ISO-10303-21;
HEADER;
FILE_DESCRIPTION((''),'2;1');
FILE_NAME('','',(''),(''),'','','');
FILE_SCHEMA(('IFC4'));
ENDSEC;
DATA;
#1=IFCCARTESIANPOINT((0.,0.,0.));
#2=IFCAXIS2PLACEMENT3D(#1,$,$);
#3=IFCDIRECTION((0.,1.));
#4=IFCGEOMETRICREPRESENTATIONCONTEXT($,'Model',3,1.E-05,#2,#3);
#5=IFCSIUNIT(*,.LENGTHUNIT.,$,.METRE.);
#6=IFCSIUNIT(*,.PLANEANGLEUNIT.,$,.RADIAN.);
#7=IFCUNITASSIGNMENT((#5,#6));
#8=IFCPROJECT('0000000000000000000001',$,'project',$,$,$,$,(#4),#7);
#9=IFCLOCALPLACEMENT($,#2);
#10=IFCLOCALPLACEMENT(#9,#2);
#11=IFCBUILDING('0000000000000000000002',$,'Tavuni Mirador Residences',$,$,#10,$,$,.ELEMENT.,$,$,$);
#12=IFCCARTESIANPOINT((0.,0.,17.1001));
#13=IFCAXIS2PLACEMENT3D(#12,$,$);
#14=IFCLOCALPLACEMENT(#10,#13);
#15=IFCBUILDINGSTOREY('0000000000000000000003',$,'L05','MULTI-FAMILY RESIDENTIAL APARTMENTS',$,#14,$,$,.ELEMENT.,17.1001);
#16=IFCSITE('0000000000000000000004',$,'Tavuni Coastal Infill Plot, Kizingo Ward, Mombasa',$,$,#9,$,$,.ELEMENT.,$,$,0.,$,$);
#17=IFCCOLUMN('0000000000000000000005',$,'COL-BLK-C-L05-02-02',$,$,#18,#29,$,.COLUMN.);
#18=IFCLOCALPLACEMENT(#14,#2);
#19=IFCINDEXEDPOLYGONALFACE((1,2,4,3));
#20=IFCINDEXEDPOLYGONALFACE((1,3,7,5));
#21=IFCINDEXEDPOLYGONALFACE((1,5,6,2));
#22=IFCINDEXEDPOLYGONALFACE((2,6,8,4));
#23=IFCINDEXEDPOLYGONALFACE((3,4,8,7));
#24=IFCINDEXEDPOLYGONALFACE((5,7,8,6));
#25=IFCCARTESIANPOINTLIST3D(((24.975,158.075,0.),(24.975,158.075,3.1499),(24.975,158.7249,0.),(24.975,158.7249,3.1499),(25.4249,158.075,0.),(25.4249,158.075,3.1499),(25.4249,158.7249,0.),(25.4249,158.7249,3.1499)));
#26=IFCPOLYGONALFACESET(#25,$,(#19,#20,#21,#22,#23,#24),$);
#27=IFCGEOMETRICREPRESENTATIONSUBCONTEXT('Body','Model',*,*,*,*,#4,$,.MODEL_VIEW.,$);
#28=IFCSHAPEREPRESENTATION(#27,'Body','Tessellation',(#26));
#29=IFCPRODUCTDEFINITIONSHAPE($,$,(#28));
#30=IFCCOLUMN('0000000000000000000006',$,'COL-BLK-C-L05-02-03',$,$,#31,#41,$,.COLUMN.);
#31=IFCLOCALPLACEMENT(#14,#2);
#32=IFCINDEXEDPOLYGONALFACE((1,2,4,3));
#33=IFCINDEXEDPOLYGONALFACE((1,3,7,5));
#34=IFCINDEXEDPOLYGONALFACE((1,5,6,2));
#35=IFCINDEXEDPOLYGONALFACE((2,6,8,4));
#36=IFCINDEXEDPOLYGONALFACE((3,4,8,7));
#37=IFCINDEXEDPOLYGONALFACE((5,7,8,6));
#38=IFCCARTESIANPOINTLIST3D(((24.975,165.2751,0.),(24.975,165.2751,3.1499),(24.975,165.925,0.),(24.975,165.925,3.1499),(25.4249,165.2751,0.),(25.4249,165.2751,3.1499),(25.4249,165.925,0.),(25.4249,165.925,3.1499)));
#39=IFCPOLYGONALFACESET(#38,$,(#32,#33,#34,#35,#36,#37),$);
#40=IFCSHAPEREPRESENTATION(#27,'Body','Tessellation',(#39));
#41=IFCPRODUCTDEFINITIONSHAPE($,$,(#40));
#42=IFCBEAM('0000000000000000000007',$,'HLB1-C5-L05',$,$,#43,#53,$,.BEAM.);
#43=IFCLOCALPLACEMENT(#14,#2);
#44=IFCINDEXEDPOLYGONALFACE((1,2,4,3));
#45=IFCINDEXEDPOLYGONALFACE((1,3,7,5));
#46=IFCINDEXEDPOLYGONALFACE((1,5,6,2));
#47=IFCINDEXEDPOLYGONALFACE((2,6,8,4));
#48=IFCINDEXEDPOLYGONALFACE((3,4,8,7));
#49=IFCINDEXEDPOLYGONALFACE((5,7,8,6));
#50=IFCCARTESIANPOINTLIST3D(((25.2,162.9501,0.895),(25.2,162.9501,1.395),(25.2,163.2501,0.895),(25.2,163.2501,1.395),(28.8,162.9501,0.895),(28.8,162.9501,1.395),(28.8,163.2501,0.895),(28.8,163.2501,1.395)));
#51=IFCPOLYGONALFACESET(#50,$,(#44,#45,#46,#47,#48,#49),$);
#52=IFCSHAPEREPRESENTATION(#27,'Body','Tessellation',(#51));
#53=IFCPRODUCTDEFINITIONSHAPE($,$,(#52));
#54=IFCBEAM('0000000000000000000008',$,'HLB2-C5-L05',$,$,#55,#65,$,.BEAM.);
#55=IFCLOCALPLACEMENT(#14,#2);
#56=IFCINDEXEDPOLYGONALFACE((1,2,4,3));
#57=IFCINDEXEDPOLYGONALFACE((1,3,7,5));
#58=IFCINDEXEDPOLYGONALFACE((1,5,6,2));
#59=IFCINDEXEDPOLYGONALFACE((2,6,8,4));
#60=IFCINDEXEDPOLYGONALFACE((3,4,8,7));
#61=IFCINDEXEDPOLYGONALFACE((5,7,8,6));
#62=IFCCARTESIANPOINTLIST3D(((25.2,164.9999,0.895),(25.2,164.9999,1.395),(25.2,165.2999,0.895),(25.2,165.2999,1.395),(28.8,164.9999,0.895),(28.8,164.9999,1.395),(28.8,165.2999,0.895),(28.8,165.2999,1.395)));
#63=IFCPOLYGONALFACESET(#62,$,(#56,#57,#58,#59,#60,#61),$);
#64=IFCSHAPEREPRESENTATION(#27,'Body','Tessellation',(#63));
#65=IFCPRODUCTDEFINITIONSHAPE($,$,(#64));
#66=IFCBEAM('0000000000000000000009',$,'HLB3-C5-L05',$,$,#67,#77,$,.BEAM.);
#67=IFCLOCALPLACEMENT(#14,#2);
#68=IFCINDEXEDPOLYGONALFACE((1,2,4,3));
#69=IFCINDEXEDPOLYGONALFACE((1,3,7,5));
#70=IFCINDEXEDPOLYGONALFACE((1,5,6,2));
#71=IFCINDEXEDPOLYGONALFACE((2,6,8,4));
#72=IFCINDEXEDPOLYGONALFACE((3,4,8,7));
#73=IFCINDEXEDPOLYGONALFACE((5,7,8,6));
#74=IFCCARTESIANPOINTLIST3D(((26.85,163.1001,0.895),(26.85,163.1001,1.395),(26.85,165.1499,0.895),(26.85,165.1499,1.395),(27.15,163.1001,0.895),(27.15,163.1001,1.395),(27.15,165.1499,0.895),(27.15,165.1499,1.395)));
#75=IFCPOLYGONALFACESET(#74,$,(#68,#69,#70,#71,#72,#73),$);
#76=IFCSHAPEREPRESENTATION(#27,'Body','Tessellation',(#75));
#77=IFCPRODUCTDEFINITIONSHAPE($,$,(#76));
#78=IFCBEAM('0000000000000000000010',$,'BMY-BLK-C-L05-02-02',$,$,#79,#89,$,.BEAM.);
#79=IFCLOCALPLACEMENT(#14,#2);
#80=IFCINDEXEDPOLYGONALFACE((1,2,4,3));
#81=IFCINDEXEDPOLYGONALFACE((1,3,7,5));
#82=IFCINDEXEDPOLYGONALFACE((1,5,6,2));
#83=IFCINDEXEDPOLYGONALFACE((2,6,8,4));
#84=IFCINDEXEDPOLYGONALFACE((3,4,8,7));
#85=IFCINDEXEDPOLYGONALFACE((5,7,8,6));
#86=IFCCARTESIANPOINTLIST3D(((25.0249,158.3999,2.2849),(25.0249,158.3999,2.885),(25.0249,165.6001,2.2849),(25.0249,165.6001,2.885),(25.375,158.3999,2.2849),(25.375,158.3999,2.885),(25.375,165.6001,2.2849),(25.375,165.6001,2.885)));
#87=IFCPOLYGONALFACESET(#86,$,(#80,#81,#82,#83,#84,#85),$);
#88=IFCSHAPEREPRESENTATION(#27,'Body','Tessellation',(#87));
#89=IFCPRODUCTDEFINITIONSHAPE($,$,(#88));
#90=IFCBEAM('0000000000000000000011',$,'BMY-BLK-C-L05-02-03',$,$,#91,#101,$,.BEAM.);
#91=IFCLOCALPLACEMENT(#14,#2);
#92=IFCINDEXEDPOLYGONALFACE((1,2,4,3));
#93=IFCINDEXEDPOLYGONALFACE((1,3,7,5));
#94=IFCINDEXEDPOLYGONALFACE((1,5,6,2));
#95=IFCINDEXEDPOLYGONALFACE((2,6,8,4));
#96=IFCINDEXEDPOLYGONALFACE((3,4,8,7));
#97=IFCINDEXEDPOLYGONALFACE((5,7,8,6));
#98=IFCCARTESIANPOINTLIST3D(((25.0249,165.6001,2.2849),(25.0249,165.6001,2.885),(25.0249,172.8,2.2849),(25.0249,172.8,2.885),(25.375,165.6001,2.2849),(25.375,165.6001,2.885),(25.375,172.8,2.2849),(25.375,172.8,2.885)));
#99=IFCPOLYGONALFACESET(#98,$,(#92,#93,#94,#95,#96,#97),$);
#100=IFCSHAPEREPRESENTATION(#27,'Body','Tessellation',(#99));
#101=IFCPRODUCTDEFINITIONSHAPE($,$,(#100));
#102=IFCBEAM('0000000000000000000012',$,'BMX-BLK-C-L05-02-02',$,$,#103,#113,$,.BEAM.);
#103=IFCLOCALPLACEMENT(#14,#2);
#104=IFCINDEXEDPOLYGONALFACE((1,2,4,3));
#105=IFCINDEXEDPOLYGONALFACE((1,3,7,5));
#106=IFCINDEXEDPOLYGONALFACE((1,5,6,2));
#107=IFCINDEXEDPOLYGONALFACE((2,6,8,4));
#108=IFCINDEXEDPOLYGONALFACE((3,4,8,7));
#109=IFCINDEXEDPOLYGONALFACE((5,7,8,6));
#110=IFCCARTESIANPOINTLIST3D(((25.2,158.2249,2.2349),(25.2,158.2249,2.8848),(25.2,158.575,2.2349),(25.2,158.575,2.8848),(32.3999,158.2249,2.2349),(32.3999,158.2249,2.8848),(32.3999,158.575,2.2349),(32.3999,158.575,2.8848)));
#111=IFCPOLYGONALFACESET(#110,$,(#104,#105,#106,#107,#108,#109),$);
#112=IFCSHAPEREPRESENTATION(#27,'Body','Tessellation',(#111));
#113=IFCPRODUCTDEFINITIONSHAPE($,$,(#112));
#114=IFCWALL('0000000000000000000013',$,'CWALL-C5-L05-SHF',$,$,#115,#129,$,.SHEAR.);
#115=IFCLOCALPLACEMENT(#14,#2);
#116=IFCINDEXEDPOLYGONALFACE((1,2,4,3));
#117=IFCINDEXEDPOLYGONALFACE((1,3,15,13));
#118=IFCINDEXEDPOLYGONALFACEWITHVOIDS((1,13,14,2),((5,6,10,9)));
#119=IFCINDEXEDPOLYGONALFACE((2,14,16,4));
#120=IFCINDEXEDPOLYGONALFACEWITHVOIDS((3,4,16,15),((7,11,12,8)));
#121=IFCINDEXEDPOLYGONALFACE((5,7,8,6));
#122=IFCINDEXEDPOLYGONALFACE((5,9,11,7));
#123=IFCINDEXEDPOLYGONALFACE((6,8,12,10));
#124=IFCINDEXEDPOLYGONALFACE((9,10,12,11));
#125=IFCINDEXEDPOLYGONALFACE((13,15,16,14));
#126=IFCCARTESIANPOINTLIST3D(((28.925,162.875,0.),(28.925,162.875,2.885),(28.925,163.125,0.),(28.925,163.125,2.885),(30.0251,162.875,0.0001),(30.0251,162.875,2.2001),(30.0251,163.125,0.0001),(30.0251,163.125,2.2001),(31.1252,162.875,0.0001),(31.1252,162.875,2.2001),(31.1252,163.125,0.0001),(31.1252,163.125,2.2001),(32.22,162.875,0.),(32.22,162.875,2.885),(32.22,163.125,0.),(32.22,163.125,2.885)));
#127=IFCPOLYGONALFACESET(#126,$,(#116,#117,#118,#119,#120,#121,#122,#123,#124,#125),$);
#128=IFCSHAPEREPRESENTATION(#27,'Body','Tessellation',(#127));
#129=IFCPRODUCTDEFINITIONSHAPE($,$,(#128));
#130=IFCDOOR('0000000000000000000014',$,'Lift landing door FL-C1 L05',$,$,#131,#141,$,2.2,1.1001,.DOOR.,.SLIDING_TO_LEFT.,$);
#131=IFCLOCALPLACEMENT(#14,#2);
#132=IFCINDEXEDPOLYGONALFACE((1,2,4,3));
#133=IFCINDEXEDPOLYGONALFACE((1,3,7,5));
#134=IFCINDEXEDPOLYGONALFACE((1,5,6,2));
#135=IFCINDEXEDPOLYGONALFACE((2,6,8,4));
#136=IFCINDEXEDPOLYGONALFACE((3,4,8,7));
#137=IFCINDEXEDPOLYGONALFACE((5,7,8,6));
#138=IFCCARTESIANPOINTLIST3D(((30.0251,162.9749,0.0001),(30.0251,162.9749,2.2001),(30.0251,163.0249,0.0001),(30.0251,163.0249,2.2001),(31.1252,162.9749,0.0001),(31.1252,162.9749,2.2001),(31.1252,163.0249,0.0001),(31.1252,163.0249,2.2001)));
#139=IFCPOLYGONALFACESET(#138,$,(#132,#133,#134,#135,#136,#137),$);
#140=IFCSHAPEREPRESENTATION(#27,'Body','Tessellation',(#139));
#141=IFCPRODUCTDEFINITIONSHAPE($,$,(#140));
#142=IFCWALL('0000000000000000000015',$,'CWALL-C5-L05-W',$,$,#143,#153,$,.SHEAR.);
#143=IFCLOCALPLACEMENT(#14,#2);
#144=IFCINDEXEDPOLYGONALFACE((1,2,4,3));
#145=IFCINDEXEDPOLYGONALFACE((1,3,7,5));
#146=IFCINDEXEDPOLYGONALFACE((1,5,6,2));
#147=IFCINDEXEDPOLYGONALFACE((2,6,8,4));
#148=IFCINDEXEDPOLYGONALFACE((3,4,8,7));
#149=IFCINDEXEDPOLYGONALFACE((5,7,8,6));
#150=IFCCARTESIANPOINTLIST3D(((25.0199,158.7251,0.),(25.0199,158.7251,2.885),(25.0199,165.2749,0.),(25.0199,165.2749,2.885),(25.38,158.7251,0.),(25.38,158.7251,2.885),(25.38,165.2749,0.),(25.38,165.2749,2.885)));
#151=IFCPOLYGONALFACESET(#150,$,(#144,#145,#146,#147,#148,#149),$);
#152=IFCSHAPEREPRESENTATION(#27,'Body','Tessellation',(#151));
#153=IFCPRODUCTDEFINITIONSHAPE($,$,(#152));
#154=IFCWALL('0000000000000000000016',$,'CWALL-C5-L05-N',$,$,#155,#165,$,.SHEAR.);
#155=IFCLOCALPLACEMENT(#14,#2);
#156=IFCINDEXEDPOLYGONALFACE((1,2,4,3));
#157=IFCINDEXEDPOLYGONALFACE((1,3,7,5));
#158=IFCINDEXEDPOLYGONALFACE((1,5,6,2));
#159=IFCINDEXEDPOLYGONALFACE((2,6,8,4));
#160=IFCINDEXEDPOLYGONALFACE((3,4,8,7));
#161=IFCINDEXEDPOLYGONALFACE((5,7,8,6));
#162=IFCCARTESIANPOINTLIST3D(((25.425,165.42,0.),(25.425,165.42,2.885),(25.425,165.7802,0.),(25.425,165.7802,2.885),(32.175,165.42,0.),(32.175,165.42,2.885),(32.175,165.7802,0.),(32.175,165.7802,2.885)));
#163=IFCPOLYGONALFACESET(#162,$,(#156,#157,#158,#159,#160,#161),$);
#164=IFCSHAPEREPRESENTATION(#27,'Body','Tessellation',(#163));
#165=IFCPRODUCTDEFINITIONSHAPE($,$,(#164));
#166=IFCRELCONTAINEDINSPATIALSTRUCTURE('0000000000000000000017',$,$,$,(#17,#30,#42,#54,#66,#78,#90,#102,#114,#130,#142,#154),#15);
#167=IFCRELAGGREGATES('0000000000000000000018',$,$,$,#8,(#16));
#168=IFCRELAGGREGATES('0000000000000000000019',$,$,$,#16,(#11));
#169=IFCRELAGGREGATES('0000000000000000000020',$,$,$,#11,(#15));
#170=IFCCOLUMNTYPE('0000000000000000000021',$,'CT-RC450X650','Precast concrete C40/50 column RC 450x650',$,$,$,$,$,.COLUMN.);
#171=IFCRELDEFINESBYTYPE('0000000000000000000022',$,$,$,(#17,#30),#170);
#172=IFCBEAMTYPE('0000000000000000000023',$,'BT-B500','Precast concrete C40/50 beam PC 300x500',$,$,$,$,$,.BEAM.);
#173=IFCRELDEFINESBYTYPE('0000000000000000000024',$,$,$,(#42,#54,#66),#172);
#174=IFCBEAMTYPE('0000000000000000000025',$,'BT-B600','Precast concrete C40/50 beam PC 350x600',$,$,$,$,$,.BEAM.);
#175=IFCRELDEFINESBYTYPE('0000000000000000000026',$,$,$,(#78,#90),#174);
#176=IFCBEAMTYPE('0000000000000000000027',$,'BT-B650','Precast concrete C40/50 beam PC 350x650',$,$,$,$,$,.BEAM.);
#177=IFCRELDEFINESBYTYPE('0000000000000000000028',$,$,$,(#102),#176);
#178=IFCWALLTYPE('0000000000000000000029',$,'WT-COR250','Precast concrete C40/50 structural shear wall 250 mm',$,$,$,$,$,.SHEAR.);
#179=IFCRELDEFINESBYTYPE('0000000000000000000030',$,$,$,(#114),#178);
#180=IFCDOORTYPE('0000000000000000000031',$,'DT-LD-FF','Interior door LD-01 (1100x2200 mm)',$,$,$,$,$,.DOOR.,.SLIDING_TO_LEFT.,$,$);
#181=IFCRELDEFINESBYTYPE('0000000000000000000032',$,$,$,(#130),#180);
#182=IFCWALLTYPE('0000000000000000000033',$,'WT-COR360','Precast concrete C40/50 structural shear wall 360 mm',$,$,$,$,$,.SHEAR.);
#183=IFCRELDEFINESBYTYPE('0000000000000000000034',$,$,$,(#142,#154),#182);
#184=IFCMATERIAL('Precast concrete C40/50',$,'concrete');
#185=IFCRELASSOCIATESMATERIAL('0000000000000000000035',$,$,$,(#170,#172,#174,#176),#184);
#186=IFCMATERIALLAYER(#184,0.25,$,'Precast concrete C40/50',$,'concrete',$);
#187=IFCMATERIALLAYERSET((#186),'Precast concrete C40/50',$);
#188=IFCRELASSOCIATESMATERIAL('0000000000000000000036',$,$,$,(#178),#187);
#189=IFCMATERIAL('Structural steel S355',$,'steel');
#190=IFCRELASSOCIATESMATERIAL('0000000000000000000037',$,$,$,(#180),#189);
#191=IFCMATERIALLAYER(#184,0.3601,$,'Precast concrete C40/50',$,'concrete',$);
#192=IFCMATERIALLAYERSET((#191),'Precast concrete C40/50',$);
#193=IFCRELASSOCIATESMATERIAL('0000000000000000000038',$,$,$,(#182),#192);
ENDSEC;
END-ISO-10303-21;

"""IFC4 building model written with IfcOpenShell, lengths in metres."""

from ifc_helpers import new_model, si_unit, direction, frame, frame_2d, origin, origin_2d, place, context, subcontext, project, spatial, rectangle, extrude, material, layer, layer_set, material_profile, profile_set, type_object, element, fill, save


model = new_model("IFC4")

# Units and contexts
model_context = context("Model", 3, precision=1e-05, world=origin(), true_north=direction((0.0, 1.0)))
body_context = subcontext(model_context, "Body", "Model", "MODEL_VIEW")
ifc_project = project(units=[si_unit("LENGTHUNIT", "METRE"), si_unit("PLANEANGLEUNIT", "RADIAN")], contexts=[model_context])

# Site, building, storey
site_placement = place(None, origin())
site = spatial("IfcSite", under=ifc_project, at=site_placement, Name="Tavuni Coastal Infill Plot, Kizingo Ward, Mombasa", CompositionType="ELEMENT", RefElevation=0.0)
building_placement = place(site_placement, origin())
building = spatial("IfcBuilding", under=site, at=building_placement, Name="Tavuni Mirador Residences", CompositionType="ELEMENT")
storey_placement = place(building_placement, frame((0.0, 0.0, 17.1001)))
storey = spatial("IfcBuildingStorey", under=building, at=storey_placement, Name="L05", Description="MULTI-FAMILY RESIDENTIAL APARTMENTS", CompositionType="ELEMENT", Elevation=17.1001)

# Columns
ifc_material_1 = material(Name="Precast concrete C40/50", Category="concrete")
ifc_material_profile_1 = material_profile(ifc_material_1, rectangle(XDim=0.45, YDim=0.6499, at=origin_2d()), Name="RC 450x650", Category="concrete")
ifc_profile_set_1 = profile_set([ifc_material_profile_1], Name="Precast concrete C40/50")
column_type = type_object("IfcColumnType", Name="CT-RC450X650", Description="Precast concrete C40/50 column RC 450x650", PredefinedType="COLUMN", material=ifc_profile_set_1)
for number, where, z_axis, x_axis, name in (
    (1, (25.2, 158.3999, 0.0), (0.0, 0.0, 1.0), (1.0, 0.0, 0.0), "COL-BLK-C-L05-02-02"),
    (2, (25.2, 165.6001, 0.0), (0.0, 0.0, 1.0), (1.0, 0.0, 0.0), "COL-BLK-C-L05-02-03"),
):
    element("IfcColumn", number, at=place(storey_placement, frame(where, z_axis=z_axis, x_axis=x_axis)), inside=storey, type_object=column_type, Name=name, PredefinedType="COLUMN", context=body_context, shape_type="SweptSolid", body=[
        extrude(rectangle(XDim=0.45, YDim=0.6499, at=origin_2d()), origin(), (0.0, 0.0, 1.0), 3.1499),
    ])

# Beams
ifc_material_profile_2 = material_profile(ifc_material_1, rectangle(XDim=0.3, YDim=0.5, at=origin_2d()), Name="PC 300x500", Category="concrete")
ifc_profile_set_2 = profile_set([ifc_material_profile_2], Name="Precast concrete C40/50")
beam_type_1 = type_object("IfcBeamType", Name="BT-B500", Description="Precast concrete C40/50 beam PC 300x500", PredefinedType="BEAM", material=ifc_profile_set_2)
for number, where, z_axis, x_axis, name in (
    (3, (25.2, 163.1001, 1.145), (1.0, 0.0, 0.0), (0.0, 1.0, 0.0), "HLB1-C5-L05"),
    (4, (25.2, 165.1499, 1.145), (1.0, 0.0, 0.0), (0.0, 1.0, 0.0), "HLB2-C5-L05"),
):
    element("IfcBeam", number, at=place(storey_placement, frame(where, z_axis=z_axis, x_axis=x_axis)), inside=storey, type_object=beam_type_1, Name=name, PredefinedType="BEAM", context=body_context, shape_type="SweptSolid", body=[
        extrude(rectangle(XDim=0.3, YDim=0.5, at=origin_2d()), origin(), (0.0, 0.0, 1.0), 3.6001),
    ])
beam_1_placement = place(storey_placement, frame((27.0, 163.1001, 1.145), z_axis=(0.0, 1.0, 0.0), x_axis=(-1.0, 0.0, 0.0)))
element("IfcBeam", 5, at=beam_1_placement, inside=storey, type_object=beam_type_1, Name="HLB3-C5-L05", PredefinedType="BEAM", context=body_context, shape_type="SweptSolid", body=[
    extrude(rectangle(XDim=0.3, YDim=0.5, at=origin_2d()), origin(), (0.0, 0.0, 1.0), 2.0498),
])
ifc_material_profile_3 = material_profile(ifc_material_1, rectangle(XDim=0.3501, YDim=0.6001, at=origin_2d()), Name="PC 350x600", Category="concrete")
ifc_profile_set_3 = profile_set([ifc_material_profile_3], Name="Precast concrete C40/50")
beam_type_2 = type_object("IfcBeamType", Name="BT-B600", Description="Precast concrete C40/50 beam PC 350x600", PredefinedType="BEAM", material=ifc_profile_set_3)
beam_2_placement = place(storey_placement, frame((25.2, 158.3999, 2.585), z_axis=(0.0, 1.0, 0.0), x_axis=(-1.0, 0.0, 0.0)))
element("IfcBeam", 6, at=beam_2_placement, inside=storey, type_object=beam_type_2, Name="BMY-BLK-C-L05-02-02", PredefinedType="BEAM", context=body_context, shape_type="SweptSolid", body=[
    extrude(rectangle(XDim=0.3501, YDim=0.6001, at=origin_2d()), origin(), (0.0, 0.0, 1.0), 7.2002),
])
beam_3_placement = place(storey_placement, frame((25.2, 165.6001, 2.585), z_axis=(0.0, 1.0, 0.0), x_axis=(-1.0, 0.0, 0.0)))
element("IfcBeam", 7, at=beam_3_placement, inside=storey, type_object=beam_type_2, Name="BMY-BLK-C-L05-02-03", PredefinedType="BEAM", context=body_context, shape_type="SweptSolid", body=[
    extrude(rectangle(XDim=0.3501, YDim=0.6001, at=origin_2d()), origin(), (0.0, 0.0, 1.0), 7.2),
])
ifc_material_profile_4 = material_profile(ifc_material_1, rectangle(XDim=0.3501, YDim=0.6499, at=origin_2d()), Name="PC 350x650", Category="concrete")
ifc_profile_set_4 = profile_set([ifc_material_profile_4], Name="Precast concrete C40/50")
beam_type_3 = type_object("IfcBeamType", Name="BT-B650", Description="Precast concrete C40/50 beam PC 350x650", PredefinedType="BEAM", material=ifc_profile_set_4)
beam_4_placement = place(storey_placement, frame((25.2, 158.3999, 2.5598), z_axis=(1.0, 0.0, 0.0), x_axis=(0.0, 1.0, 0.0)))
element("IfcBeam", 8, at=beam_4_placement, inside=storey, type_object=beam_type_3, Name="BMX-BLK-C-L05-02-02", PredefinedType="BEAM", context=body_context, shape_type="SweptSolid", body=[
    extrude(rectangle(XDim=0.3501, YDim=0.6499, at=origin_2d()), origin(), (0.0, 0.0, 1.0), 7.2),
])

# Wall, opening, door
ifc_layer_1 = layer(ifc_material_1, 0.25, Name="Precast concrete C40/50", Category="concrete")
ifc_layer_set_1 = layer_set([ifc_layer_1], Name="Precast concrete C40/50")
wall_type_1 = type_object("IfcWallType", Name="WT-COR250", Description="Precast concrete C40/50 structural shear wall 250 mm", PredefinedType="SHEAR", material=ifc_layer_set_1)
wall_1_placement = place(storey_placement, frame((28.925, 163.0, 0.0), z_axis=(0.0, 0.0, 1.0), x_axis=(1.0, 0.0, 0.0)))
wall_1 = element("IfcWall", 9, at=wall_1_placement, inside=storey, type_object=wall_type_1, Name="CWALL-C5-L05-SHF", PredefinedType="SHEAR", context=body_context, shape_type="SweptSolid", body=[
    extrude(rectangle(XDim=3.2949, YDim=0.25, at=frame_2d((1.6475, 0.0))), origin(), (0.0, 0.0, 1.0), 2.885),
])
opening_1_placement = place(wall_1_placement, frame((1.1001, 0.0, 0.0)))
opening_1 = element("IfcOpeningElement", 10, at=opening_1_placement, cuts=wall_1, PredefinedType="OPENING", context=body_context, shape_type="SweptSolid", body=[
    extrude(rectangle(XDim=1.1001, YDim=2.2, at=frame_2d((0.55, 1.1001))), frame((0.0, 0.135, 0.0), z_axis=(0.0, -1.0, 0.0), x_axis=(1.0, 0.0, 0.0)), (0.0, 0.0, 1.0), 0.27),
])
ifc_material_2 = material(Name="Structural steel S355", Category="steel")
door_type_1 = type_object("IfcDoorType", Name="DT-LD-FF", Description="Interior door LD-01 (1100x2200 mm)", OperationType="SLIDING_TO_LEFT", PredefinedType="DOOR", material=ifc_material_2)
door_1_placement = place(opening_1_placement, origin())
door_1 = element("IfcDoor", 11, at=door_1_placement, inside=storey, type_object=door_type_1, Name="Lift landing door FL-C1 L05", OperationType="SLIDING_TO_LEFT", OverallHeight=2.2, OverallWidth=1.1001, PredefinedType="DOOR", context=body_context, shape_type="SweptSolid", body=[
    extrude(rectangle(XDim=1.1001, YDim=2.2, at=frame_2d((0.55, 1.1001))), frame((0.0, 0.0249, 0.0), z_axis=(0.0, -1.0, 0.0), x_axis=(1.0, 0.0, 0.0)), (0.0, 0.0, 1.0), 0.05),
])
fill(opening_1, door_1)

# Walls
ifc_layer_2 = layer(ifc_material_1, 0.3601, Name="Precast concrete C40/50", Category="concrete")
ifc_layer_set_2 = layer_set([ifc_layer_2], Name="Precast concrete C40/50")
wall_type_2 = type_object("IfcWallType", Name="WT-COR360", Description="Precast concrete C40/50 structural shear wall 360 mm", PredefinedType="SHEAR", material=ifc_layer_set_2)
wall_2_placement = place(storey_placement, frame((25.2, 158.7251, 0.0), z_axis=(0.0, 0.0, 1.0), x_axis=(0.0, 1.0, 0.0)))
element("IfcWall", 12, at=wall_2_placement, inside=storey, type_object=wall_type_2, Name="CWALL-C5-L05-W", PredefinedType="SHEAR", context=body_context, shape_type="SweptSolid", body=[
    extrude(rectangle(XDim=6.5498, YDim=0.3601, at=frame_2d((3.2749, 0.0))), origin(), (0.0, 0.0, 1.0), 2.885),
])
wall_3_placement = place(storey_placement, frame((25.425, 165.6001, 0.0), z_axis=(0.0, 0.0, 1.0), x_axis=(1.0, 0.0, 0.0)))
element("IfcWall", 13, at=wall_3_placement, inside=storey, type_object=wall_type_2, Name="CWALL-C5-L05-N", PredefinedType="SHEAR", context=body_context, shape_type="SweptSolid", body=[
    extrude(rectangle(XDim=6.75, YDim=0.3601, at=frame_2d((3.375, 0.0))), origin(), (0.0, 0.0, 1.0), 2.885),
])

save(model, "model.ifc")
